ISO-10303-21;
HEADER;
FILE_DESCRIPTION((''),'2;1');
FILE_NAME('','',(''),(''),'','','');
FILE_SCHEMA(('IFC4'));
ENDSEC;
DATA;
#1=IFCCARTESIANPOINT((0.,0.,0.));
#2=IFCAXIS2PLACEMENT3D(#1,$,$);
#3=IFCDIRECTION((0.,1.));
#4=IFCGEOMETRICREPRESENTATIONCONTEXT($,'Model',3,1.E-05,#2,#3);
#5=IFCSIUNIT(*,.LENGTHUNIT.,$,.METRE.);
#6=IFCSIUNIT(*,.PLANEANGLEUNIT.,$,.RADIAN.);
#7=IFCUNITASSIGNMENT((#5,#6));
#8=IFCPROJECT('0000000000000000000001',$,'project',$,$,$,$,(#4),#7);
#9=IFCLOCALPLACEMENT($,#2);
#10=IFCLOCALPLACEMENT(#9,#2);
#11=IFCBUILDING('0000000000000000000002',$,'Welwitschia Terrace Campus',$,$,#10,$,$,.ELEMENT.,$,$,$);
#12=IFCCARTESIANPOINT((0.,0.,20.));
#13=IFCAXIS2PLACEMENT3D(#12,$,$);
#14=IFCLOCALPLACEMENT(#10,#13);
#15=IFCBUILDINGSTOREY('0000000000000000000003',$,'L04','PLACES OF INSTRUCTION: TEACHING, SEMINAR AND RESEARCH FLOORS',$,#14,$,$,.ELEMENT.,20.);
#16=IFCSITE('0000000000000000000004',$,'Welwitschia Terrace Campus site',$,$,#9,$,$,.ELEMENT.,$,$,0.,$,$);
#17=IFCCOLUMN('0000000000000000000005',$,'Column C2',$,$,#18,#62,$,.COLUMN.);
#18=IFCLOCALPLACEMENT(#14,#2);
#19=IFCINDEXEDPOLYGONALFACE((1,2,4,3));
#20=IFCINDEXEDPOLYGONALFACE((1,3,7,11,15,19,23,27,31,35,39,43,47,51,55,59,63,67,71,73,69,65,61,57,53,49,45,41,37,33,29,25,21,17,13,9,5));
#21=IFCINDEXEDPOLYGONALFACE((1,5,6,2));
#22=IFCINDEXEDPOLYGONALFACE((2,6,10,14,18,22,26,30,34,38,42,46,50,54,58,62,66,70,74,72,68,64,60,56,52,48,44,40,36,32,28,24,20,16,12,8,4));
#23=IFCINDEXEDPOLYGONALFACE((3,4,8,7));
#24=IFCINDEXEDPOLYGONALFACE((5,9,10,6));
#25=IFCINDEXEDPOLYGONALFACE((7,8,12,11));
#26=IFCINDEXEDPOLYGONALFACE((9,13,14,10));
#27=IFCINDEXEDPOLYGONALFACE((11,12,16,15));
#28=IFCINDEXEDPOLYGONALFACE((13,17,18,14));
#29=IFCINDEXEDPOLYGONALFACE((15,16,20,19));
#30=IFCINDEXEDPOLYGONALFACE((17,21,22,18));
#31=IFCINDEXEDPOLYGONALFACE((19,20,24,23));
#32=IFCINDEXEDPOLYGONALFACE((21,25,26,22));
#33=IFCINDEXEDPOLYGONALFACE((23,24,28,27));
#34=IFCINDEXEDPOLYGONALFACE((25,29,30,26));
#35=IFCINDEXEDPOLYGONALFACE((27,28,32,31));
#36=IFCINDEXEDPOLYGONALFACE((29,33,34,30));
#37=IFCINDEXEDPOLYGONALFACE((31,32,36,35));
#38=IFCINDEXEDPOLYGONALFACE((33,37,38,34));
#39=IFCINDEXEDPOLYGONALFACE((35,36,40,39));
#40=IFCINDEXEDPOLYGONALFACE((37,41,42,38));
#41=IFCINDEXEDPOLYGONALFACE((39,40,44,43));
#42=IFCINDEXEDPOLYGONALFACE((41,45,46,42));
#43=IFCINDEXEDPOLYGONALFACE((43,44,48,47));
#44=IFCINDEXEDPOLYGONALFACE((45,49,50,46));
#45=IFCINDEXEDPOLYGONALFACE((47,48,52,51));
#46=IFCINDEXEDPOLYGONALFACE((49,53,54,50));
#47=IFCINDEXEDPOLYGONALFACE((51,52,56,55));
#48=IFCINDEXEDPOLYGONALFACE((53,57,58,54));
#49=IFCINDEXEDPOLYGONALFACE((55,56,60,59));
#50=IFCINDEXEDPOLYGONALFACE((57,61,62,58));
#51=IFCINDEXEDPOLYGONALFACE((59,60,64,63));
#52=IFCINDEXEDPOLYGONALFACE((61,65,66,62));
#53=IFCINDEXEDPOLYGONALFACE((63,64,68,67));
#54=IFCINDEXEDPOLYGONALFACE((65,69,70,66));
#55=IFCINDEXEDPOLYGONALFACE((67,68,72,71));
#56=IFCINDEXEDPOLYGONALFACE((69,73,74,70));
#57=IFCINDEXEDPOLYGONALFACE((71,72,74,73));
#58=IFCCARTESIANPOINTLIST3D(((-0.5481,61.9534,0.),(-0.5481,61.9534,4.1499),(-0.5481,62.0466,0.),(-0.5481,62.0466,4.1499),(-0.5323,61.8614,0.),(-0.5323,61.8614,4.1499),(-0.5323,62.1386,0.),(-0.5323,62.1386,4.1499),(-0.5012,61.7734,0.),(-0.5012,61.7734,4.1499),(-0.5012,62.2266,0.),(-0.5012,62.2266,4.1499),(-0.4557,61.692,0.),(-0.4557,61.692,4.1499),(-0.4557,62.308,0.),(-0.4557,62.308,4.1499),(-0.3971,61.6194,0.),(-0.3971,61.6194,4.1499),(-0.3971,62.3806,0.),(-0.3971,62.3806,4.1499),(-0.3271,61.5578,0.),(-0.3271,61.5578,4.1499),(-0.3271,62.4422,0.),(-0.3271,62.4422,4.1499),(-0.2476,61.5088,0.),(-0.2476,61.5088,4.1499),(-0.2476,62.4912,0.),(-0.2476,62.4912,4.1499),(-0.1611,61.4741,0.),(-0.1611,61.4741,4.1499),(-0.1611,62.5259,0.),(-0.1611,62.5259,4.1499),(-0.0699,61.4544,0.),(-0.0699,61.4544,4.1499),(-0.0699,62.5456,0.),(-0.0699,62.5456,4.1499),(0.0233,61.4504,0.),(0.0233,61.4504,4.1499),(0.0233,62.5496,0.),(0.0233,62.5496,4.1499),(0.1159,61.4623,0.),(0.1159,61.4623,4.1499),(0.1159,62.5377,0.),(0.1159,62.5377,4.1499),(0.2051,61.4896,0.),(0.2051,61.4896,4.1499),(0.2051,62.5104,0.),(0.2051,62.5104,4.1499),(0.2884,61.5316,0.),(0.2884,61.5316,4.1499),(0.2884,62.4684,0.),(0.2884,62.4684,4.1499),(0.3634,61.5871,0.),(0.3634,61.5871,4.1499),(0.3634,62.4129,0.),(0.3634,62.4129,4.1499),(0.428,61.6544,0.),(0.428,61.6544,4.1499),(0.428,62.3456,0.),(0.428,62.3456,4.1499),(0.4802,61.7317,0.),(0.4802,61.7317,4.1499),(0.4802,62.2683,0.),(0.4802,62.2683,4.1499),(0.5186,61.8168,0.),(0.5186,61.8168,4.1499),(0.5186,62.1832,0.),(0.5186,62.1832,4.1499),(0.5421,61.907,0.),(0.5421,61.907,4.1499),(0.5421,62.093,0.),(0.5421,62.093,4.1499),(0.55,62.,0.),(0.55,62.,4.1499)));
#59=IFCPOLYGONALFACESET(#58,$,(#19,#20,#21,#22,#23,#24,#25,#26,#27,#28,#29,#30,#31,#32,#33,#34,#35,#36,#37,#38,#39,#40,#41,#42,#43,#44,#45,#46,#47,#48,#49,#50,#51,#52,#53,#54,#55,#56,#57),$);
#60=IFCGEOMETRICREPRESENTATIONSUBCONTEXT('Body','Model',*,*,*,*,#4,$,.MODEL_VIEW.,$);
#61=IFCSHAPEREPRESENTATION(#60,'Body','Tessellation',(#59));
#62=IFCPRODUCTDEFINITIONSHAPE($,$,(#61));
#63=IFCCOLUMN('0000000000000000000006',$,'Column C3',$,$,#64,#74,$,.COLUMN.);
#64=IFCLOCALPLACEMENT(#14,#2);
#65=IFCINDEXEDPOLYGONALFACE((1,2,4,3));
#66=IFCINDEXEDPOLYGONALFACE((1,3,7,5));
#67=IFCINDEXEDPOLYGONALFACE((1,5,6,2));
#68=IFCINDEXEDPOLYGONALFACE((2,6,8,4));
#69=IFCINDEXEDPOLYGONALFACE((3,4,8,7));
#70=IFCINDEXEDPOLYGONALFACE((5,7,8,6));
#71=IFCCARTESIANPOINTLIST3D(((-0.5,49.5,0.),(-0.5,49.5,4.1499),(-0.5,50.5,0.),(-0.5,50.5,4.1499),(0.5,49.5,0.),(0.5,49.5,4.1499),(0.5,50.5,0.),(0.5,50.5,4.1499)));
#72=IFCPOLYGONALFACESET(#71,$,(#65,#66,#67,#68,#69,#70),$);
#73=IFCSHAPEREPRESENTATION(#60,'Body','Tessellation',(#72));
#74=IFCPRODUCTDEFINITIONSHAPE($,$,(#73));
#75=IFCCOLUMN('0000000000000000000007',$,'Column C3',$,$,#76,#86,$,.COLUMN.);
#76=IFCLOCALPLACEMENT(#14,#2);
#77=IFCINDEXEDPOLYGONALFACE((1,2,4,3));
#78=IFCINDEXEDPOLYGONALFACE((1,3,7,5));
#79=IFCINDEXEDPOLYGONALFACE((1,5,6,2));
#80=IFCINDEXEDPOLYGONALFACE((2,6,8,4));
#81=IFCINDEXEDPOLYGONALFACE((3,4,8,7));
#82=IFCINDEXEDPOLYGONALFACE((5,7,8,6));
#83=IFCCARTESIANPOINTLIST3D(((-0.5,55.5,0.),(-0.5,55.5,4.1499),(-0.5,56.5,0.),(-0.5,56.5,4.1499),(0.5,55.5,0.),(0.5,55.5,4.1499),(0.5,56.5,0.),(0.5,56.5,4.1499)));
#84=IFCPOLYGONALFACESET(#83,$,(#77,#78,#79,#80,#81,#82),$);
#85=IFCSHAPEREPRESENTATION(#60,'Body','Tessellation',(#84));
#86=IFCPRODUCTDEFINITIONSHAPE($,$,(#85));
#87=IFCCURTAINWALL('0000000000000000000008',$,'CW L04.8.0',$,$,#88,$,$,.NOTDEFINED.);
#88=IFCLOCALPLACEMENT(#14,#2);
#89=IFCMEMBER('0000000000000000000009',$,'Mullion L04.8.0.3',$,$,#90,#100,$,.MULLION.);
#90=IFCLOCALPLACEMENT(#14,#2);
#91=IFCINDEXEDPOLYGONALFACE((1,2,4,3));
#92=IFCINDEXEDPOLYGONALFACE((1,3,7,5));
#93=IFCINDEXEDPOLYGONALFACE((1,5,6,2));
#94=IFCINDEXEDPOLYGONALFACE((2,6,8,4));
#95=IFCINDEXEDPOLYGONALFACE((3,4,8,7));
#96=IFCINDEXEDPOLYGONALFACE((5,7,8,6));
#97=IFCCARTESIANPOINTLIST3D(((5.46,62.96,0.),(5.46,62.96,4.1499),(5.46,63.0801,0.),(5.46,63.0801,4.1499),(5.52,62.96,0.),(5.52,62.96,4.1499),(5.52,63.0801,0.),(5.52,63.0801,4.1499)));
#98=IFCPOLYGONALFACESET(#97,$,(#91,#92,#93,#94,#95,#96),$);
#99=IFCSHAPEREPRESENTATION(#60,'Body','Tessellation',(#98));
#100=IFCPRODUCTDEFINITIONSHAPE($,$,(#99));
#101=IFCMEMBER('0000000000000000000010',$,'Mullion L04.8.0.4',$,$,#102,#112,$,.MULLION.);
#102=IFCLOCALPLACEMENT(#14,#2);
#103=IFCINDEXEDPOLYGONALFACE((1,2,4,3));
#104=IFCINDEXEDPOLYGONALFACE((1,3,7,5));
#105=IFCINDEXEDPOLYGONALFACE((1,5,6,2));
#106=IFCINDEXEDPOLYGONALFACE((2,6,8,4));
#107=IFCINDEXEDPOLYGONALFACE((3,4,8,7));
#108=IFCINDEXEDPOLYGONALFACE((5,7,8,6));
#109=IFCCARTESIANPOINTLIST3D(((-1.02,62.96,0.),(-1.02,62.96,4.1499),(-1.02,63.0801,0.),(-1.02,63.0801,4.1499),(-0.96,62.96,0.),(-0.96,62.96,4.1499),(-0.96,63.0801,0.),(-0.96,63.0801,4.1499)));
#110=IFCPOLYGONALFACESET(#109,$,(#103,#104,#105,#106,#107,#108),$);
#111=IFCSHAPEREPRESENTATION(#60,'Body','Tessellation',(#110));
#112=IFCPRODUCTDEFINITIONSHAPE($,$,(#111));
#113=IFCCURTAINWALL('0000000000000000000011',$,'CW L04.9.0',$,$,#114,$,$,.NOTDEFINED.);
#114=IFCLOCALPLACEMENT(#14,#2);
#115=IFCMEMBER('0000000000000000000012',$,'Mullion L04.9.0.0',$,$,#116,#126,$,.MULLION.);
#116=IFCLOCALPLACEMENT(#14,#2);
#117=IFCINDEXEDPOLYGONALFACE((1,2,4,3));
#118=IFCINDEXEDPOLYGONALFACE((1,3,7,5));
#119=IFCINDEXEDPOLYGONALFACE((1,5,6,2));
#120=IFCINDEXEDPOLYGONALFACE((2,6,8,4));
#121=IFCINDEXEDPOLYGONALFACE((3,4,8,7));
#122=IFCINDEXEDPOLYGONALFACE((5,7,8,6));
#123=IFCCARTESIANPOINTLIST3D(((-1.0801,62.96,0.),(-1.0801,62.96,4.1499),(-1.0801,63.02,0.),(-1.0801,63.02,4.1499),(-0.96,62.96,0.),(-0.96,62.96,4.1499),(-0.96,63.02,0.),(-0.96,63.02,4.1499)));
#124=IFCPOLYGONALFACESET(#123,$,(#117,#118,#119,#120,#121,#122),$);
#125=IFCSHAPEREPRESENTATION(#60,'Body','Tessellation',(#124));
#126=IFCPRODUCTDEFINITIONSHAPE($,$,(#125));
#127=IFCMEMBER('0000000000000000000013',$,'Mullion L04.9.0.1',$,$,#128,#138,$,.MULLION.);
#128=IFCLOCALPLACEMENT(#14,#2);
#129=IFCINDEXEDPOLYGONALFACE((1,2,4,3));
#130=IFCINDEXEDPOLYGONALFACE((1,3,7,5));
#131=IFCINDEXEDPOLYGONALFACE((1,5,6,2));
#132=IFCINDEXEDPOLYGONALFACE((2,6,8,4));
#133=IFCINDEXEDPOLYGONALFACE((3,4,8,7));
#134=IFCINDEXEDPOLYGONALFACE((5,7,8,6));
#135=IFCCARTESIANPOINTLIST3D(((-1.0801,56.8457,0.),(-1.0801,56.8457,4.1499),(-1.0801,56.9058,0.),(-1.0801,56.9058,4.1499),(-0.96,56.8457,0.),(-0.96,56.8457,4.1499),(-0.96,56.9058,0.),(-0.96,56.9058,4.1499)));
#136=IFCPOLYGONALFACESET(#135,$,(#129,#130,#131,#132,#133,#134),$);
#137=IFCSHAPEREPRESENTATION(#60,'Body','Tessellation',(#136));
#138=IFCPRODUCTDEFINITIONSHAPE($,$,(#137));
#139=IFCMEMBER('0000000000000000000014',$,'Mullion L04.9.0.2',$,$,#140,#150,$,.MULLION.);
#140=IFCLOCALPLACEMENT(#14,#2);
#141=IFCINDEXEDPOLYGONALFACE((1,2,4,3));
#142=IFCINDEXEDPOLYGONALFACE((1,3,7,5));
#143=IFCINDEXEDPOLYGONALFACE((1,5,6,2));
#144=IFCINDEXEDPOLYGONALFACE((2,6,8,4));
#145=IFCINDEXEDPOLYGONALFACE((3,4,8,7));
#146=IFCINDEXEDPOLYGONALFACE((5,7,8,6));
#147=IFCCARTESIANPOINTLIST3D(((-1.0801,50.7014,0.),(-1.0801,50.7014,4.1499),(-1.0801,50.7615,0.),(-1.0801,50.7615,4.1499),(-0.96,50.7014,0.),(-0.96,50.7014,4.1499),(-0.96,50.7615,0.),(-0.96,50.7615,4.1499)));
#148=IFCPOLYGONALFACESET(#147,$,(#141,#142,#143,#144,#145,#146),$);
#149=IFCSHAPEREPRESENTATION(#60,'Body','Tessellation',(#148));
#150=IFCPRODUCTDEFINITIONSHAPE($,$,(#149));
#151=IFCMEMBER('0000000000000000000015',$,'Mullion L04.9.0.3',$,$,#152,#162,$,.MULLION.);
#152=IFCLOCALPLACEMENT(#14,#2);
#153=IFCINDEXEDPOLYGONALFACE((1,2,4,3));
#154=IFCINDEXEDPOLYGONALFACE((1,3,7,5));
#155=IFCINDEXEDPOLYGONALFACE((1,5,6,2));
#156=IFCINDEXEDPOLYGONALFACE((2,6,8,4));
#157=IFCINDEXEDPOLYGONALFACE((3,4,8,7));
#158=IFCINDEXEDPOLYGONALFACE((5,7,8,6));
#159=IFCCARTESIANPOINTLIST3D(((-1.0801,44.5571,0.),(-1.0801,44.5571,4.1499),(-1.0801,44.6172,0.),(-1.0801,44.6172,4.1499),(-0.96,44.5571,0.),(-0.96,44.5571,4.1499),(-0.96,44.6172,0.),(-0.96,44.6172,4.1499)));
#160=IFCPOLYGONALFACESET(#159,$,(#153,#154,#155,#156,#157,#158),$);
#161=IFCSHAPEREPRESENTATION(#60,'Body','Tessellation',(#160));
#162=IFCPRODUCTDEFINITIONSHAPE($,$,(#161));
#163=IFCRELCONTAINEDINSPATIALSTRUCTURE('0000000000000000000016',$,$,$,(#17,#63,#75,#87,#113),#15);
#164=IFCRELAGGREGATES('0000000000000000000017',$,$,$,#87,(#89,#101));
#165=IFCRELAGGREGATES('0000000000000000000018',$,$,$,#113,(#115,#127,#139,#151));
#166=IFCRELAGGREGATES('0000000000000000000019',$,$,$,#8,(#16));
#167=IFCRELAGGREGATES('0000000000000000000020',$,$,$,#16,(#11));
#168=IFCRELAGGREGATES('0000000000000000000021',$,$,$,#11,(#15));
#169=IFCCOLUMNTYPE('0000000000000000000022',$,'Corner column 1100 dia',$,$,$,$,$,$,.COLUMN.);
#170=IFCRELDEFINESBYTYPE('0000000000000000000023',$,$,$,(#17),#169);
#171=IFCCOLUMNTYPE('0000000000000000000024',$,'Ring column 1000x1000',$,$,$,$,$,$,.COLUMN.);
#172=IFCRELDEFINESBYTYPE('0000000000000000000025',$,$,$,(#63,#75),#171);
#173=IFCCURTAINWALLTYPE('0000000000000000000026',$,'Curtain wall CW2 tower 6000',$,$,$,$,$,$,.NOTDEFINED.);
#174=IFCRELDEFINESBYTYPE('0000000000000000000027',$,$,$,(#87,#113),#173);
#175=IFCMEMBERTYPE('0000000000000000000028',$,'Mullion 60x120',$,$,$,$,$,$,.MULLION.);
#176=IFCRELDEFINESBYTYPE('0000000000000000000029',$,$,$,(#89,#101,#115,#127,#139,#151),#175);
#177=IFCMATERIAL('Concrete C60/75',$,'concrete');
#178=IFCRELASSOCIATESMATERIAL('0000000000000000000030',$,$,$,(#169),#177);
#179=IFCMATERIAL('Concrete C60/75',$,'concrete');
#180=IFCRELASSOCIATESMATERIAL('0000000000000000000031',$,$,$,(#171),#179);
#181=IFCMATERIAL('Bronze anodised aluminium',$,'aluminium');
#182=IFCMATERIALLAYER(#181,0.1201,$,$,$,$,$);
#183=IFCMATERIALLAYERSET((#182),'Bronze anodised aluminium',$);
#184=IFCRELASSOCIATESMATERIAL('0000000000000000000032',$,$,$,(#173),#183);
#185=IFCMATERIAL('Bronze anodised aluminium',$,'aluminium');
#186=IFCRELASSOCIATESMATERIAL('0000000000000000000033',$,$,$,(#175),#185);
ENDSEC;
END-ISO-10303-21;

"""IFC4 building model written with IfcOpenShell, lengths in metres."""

from ifc_helpers import new_model, si_unit, direction, frame, origin, origin_2d, place, context, subcontext, project, spatial, rectangle, circle, extrude, material, layer, layer_set, material_profile, profile_set, type_object, element, aggregate, save


model = new_model("IFC4")

# Units and contexts
model_context = context("Model", 3, precision=1e-05, world=origin(), true_north=direction((0.0, 1.0)))
body_context = subcontext(model_context, "Body", "Model", "MODEL_VIEW")
ifc_project = project(units=[si_unit("LENGTHUNIT", "METRE"), si_unit("PLANEANGLEUNIT", "RADIAN")], contexts=[model_context])

# Site, building, storey
site_placement = place(None, origin())
site = spatial("IfcSite", under=ifc_project, at=site_placement, Name="Welwitschia Terrace Campus site", CompositionType="ELEMENT", RefElevation=0.0)
building_placement = place(site_placement, origin())
building = spatial("IfcBuilding", under=site, at=building_placement, Name="Welwitschia Terrace Campus", CompositionType="ELEMENT")
storey_placement = place(building_placement, frame((0.0, 0.0, 20.0)))
storey = spatial("IfcBuildingStorey", under=building, at=storey_placement, Name="L04", Description="PLACES OF INSTRUCTION: TEACHING, SEMINAR AND RESEARCH FLOORS", CompositionType="ELEMENT", Elevation=20.0)

# Columns
ifc_material_1 = material(Name="Concrete C60/75", Category="concrete")
ifc_material_profile_1 = material_profile(ifc_material_1, circle(Radius=0.55, at=origin_2d()))
ifc_profile_set_1 = profile_set([ifc_material_profile_1], Name="Concrete C60/75")
column_type_1 = type_object("IfcColumnType", Name="Corner column 1100 dia", PredefinedType="COLUMN", material=ifc_profile_set_1)
column_placement = place(storey_placement, frame((0.0, 62.0, 0.0), z_axis=(0.0, 0.0, 1.0), x_axis=(1.0, 0.0, 0.0)))
element("IfcColumn", 1, at=column_placement, inside=storey, type_object=column_type_1, Name="Column C2", PredefinedType="COLUMN", context=body_context, shape_type="SweptSolid", body=[
    extrude(circle(Radius=0.55, at=origin_2d()), origin(), (0.0, 0.0, 1.0), 4.1499),
])
ifc_material_2 = material(Name="Concrete C60/75", Category="concrete")
ifc_material_profile_2 = material_profile(ifc_material_2, rectangle(XDim=1.0, YDim=1.0, at=origin_2d()))
ifc_profile_set_2 = profile_set([ifc_material_profile_2], Name="Concrete C60/75")
column_type_2 = type_object("IfcColumnType", Name="Ring column 1000x1000", PredefinedType="COLUMN", material=ifc_profile_set_2)
for number, where, z_axis, x_axis, name in (
    (2, (0.0, 50.0, 0.0), (0.0, 0.0, 1.0), (1.0, 0.0, 0.0), "Column C3"),
    (3, (0.0, 56.0, 0.0), (0.0, 0.0, 1.0), (1.0, 0.0, 0.0), "Column C3"),
):
    element("IfcColumn", number, at=place(storey_placement, frame(where, z_axis=z_axis, x_axis=x_axis)), inside=storey, type_object=column_type_2, Name=name, PredefinedType="COLUMN", context=body_context, shape_type="SweptSolid", body=[
        extrude(rectangle(XDim=1.0, YDim=1.0, at=origin_2d()), origin(), (0.0, 0.0, 1.0), 4.1499),
    ])

# Curtain walls, members
ifc_material_3 = material(Name="Bronze anodised aluminium", Category="aluminium")
ifc_layer_1 = layer(ifc_material_3, 0.1201)
ifc_layer_set_1 = layer_set([ifc_layer_1], Name="Bronze anodised aluminium")
curtain_wall_type = type_object("IfcCurtainWallType", Name="Curtain wall CW2 tower 6000", PredefinedType="NOTDEFINED", material=ifc_layer_set_1)
curtain_wall_1_placement = place(storey_placement, origin())
curtain_wall_1 = element("IfcCurtainWall", 4, at=curtain_wall_1_placement, inside=storey, type_object=curtain_wall_type, Name="CW L04.8.0", PredefinedType="NOTDEFINED")
ifc_material_4 = material(Name="Bronze anodised aluminium", Category="aluminium")
ifc_material_profile_3 = material_profile(ifc_material_4, rectangle(XDim=0.1201, YDim=0.0601, at=origin_2d()))
ifc_profile_set_3 = profile_set([ifc_material_profile_3], Name="Bronze anodised aluminium")
member_type_1 = type_object("IfcMemberType", Name="Mullion 60x120", PredefinedType="MULLION", material=ifc_profile_set_3)
member_1_placement = place(storey_placement, frame((5.49, 63.02, 0.0), z_axis=(0.0, 0.0, 1.0), x_axis=(0.0, -1.0, 0.0)))
member_1 = element("IfcMember", 5, at=member_1_placement, type_object=member_type_1, Name="Mullion L04.8.0.3", PredefinedType="MULLION", context=body_context, shape_type="SweptSolid", body=[
    extrude(rectangle(XDim=0.1201, YDim=0.0601, at=origin_2d()), origin(), (0.0, 0.0, 1.0), 4.1499),
])
member_2_placement = place(storey_placement, frame((-0.99, 63.02, 0.0), z_axis=(0.0, 0.0, 1.0), x_axis=(0.0, -1.0, 0.0)))
member_2 = element("IfcMember", 6, at=member_2_placement, type_object=member_type_1, Name="Mullion L04.8.0.4", PredefinedType="MULLION", context=body_context, shape_type="SweptSolid", body=[
    extrude(rectangle(XDim=0.1201, YDim=0.0601, at=origin_2d()), origin(), (0.0, 0.0, 1.0), 4.1499),
])
curtain_wall_2_placement = place(storey_placement, origin())
curtain_wall_2 = element("IfcCurtainWall", 7, at=curtain_wall_2_placement, inside=storey, type_object=curtain_wall_type, Name="CW L04.9.0", PredefinedType="NOTDEFINED")
member_3_placement = place(storey_placement, frame((-1.02, 62.99, 0.0), z_axis=(0.0, 0.0, 1.0), x_axis=(1.0, 0.0, 0.0)))
member_3 = element("IfcMember", 8, at=member_3_placement, type_object=member_type_1, Name="Mullion L04.9.0.0", PredefinedType="MULLION", context=body_context, shape_type="SweptSolid", body=[
    extrude(rectangle(XDim=0.1201, YDim=0.0601, at=origin_2d()), origin(), (0.0, 0.0, 1.0), 4.1499),
])
member_4_placement = place(storey_placement, frame((-1.02, 56.8757, 0.0), z_axis=(0.0, 0.0, 1.0), x_axis=(1.0, 0.0, 0.0)))
member_4 = element("IfcMember", 9, at=member_4_placement, type_object=member_type_1, Name="Mullion L04.9.0.1", PredefinedType="MULLION", context=body_context, shape_type="SweptSolid", body=[
    extrude(rectangle(XDim=0.1201, YDim=0.0601, at=origin_2d()), origin(), (0.0, 0.0, 1.0), 4.1499),
])
member_5_placement = place(storey_placement, frame((-1.02, 50.7314, 0.0), z_axis=(0.0, 0.0, 1.0), x_axis=(1.0, 0.0, 0.0)))
member_5 = element("IfcMember", 10, at=member_5_placement, type_object=member_type_1, Name="Mullion L04.9.0.2", PredefinedType="MULLION", context=body_context, shape_type="SweptSolid", body=[
    extrude(rectangle(XDim=0.1201, YDim=0.0601, at=origin_2d()), origin(), (0.0, 0.0, 1.0), 4.1499),
])
member_6_placement = place(storey_placement, frame((-1.02, 44.5872, 0.0), z_axis=(0.0, 0.0, 1.0), x_axis=(1.0, 0.0, 0.0)))
member_6 = element("IfcMember", 11, at=member_6_placement, type_object=member_type_1, Name="Mullion L04.9.0.3", PredefinedType="MULLION", context=body_context, shape_type="SweptSolid", body=[
    extrude(rectangle(XDim=0.1201, YDim=0.0601, at=origin_2d()), origin(), (0.0, 0.0, 1.0), 4.1499),
])

aggregate(curtain_wall_1, [member_1, member_2])
aggregate(curtain_wall_2, [member_3, member_4, member_5, member_6])

save(model, "model.ifc")
